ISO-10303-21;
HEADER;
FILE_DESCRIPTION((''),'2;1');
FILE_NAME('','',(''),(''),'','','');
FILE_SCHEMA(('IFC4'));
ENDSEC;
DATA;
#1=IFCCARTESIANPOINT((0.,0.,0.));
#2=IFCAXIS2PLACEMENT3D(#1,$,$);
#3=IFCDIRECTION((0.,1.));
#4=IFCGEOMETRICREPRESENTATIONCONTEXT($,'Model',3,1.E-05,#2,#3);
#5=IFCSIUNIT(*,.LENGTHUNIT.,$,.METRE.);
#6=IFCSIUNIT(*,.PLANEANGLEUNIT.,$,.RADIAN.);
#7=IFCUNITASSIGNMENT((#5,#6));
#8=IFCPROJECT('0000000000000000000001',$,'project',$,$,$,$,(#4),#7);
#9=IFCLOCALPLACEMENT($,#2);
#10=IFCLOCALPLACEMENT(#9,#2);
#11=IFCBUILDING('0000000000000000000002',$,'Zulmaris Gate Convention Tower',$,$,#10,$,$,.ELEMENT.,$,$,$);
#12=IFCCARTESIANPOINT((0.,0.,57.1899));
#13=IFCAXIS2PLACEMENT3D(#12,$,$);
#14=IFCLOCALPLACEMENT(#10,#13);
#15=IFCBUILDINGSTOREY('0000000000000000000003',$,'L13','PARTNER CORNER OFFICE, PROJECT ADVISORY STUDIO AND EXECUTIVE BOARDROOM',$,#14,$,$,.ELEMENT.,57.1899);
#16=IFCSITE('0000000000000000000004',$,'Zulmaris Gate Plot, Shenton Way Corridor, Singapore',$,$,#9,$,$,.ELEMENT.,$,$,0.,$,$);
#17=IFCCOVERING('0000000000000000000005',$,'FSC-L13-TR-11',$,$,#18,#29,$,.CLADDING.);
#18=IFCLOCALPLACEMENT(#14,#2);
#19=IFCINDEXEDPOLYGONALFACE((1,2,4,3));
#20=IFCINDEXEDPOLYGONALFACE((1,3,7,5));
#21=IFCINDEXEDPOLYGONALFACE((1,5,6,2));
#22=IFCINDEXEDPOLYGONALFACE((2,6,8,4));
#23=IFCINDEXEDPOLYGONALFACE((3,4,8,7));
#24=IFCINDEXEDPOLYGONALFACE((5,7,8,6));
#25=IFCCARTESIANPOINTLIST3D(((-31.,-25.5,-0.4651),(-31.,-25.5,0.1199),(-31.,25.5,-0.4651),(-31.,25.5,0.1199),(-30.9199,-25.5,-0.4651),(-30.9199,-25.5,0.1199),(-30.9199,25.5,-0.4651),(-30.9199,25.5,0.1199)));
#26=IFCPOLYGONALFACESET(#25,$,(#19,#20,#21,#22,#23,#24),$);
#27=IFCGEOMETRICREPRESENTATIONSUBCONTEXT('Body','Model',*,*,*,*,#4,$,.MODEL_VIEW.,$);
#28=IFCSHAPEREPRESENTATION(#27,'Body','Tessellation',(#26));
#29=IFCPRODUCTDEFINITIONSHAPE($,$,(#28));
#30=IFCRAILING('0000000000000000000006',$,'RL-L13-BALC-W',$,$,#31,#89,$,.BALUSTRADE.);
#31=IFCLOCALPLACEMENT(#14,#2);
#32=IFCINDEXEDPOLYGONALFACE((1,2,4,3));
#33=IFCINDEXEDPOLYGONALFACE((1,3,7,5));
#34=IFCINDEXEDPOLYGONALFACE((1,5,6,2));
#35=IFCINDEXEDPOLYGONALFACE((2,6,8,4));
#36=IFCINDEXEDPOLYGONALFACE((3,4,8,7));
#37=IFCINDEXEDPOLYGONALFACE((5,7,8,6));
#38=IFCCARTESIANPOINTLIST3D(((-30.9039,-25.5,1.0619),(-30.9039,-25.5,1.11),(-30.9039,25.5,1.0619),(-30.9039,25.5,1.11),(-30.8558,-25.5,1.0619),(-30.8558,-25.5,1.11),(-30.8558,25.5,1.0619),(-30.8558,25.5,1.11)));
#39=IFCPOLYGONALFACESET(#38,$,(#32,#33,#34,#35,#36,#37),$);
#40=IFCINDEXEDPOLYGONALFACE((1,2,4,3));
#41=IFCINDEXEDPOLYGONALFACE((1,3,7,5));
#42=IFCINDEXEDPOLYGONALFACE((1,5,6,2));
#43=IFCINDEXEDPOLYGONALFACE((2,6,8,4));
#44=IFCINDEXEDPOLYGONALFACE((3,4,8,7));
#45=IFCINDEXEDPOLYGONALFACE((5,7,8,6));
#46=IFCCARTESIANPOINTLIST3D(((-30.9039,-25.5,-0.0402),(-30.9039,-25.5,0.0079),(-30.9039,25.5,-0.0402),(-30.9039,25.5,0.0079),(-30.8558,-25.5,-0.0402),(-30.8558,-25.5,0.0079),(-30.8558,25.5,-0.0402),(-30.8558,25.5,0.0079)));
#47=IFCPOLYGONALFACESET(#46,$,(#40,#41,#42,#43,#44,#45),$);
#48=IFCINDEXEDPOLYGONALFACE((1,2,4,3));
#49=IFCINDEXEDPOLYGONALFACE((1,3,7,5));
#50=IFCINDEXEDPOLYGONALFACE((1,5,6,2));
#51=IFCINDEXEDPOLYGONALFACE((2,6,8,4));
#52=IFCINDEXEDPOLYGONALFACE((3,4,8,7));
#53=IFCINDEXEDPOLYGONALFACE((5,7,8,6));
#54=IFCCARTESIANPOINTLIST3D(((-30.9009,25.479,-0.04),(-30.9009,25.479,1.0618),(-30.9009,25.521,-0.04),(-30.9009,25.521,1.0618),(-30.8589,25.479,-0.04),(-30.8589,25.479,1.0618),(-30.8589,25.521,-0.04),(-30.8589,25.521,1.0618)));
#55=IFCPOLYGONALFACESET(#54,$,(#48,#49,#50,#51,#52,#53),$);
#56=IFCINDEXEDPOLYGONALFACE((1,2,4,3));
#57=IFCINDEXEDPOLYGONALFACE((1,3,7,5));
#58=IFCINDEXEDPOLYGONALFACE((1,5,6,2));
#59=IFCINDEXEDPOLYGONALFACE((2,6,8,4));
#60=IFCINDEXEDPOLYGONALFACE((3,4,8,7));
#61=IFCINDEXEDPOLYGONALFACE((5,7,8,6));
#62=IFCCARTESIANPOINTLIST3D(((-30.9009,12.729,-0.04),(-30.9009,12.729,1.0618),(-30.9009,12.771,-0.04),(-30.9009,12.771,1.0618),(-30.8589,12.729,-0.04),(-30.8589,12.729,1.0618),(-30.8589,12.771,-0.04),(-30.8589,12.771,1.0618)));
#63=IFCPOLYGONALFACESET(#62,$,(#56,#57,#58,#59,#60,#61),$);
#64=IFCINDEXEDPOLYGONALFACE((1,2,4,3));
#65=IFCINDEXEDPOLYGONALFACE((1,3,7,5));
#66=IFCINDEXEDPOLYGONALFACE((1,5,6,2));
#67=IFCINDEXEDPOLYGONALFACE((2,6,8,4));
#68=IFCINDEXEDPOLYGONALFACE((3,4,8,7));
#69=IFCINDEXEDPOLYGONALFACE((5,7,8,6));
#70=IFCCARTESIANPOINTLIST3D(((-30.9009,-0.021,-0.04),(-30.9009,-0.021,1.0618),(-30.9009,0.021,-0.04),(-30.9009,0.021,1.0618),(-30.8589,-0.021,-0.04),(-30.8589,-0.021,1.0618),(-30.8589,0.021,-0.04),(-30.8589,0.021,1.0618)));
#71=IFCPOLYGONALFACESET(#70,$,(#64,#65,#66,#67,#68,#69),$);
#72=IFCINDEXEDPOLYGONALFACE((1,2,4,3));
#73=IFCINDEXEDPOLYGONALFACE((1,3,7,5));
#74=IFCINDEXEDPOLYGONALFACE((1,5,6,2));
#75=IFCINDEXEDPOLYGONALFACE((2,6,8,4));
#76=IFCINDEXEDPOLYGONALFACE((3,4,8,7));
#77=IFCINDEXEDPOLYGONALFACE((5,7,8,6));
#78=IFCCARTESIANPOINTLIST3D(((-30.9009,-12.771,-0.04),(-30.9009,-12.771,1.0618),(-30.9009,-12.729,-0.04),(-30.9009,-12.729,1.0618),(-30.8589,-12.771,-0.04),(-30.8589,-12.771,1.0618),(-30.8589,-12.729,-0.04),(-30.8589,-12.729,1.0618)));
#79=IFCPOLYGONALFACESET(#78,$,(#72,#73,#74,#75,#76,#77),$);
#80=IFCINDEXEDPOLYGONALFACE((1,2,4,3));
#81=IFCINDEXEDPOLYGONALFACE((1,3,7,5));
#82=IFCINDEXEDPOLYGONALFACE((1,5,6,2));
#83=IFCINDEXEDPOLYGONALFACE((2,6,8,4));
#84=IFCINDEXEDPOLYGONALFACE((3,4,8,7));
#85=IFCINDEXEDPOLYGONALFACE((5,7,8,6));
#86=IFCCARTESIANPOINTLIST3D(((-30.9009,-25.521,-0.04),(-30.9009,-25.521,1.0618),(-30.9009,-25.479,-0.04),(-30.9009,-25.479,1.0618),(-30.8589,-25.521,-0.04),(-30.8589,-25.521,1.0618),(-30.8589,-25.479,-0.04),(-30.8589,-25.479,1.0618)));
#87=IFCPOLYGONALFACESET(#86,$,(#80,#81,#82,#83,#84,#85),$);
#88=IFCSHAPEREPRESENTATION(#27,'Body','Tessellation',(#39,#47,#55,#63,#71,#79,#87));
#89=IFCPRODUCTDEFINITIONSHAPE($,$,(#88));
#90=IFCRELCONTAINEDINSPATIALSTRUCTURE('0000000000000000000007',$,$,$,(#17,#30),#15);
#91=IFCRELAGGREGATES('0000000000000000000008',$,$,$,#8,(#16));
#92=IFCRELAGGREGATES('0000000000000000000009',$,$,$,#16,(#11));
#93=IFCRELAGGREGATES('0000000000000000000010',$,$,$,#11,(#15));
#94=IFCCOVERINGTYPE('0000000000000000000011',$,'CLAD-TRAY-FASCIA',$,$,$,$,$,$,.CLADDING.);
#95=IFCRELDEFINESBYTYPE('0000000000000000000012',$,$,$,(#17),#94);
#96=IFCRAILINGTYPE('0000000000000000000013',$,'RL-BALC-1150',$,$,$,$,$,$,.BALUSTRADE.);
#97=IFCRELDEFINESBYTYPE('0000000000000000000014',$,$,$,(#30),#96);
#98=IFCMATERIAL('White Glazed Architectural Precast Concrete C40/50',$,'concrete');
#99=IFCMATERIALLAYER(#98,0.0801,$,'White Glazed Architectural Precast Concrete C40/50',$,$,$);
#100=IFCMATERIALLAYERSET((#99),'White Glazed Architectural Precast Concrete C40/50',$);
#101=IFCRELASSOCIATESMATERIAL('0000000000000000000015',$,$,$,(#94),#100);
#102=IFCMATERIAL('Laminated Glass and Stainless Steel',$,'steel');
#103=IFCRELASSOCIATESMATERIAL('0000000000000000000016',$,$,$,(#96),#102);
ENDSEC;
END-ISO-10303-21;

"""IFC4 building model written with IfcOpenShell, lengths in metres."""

from ifc_helpers import new_model, si_unit, direction, frame, frame_2d, origin, origin_2d, place, context, subcontext, project, spatial, rectangle, extrude, material, layer, layer_set, type_object, element, save


model = new_model("IFC4")

# Units and contexts
model_context = context("Model", 3, precision=1e-05, world=origin(), true_north=direction((0.0, 1.0)))
body_context = subcontext(model_context, "Body", "Model", "MODEL_VIEW")
ifc_project = project(units=[si_unit("LENGTHUNIT", "METRE"), si_unit("PLANEANGLEUNIT", "RADIAN")], contexts=[model_context])

# Site, building, storey
site_placement = place(None, origin())
site = spatial("IfcSite", under=ifc_project, at=site_placement, Name="Zulmaris Gate Plot, Shenton Way Corridor, Singapore", CompositionType="ELEMENT", RefElevation=0.0)
building_placement = place(site_placement, origin())
building = spatial("IfcBuilding", under=site, at=building_placement, Name="Zulmaris Gate Convention Tower", CompositionType="ELEMENT")
storey_placement = place(building_placement, frame((0.0, 0.0, 57.1899)))
storey = spatial("IfcBuildingStorey", under=building, at=storey_placement, Name="L13", Description="PARTNER CORNER OFFICE, PROJECT ADVISORY STUDIO AND EXECUTIVE BOARDROOM", CompositionType="ELEMENT", Elevation=57.1899)

# Covering
ifc_material_1 = material(Name="White Glazed Architectural Precast Concrete C40/50", Category="concrete")
ifc_layer_1 = layer(ifc_material_1, 0.0801, Name="White Glazed Architectural Precast Concrete C40/50")
ifc_layer_set_1 = layer_set([ifc_layer_1], Name="White Glazed Architectural Precast Concrete C40/50")
covering_type = type_object("IfcCoveringType", Name="CLAD-TRAY-FASCIA", PredefinedType="CLADDING", material=ifc_layer_set_1)
covering_1_placement = place(storey_placement, frame((-30.96, 25.5, -0.4651), z_axis=(0.0, 0.0, 1.0), x_axis=(0.0, -1.0, 0.0)))
element("IfcCovering", 1, at=covering_1_placement, inside=storey, type_object=covering_type, Name="FSC-L13-TR-11", PredefinedType="CLADDING", context=body_context, shape_type="SweptSolid", body=[
    extrude(rectangle(XDim=51.0, YDim=0.0801, at=frame_2d((25.5, 0.0))), origin(), (0.0, 0.0, 1.0), 0.585),
])

# Railing
ifc_material_2 = material(Name="Laminated Glass and Stainless Steel", Category="steel")
railing_type = type_object("IfcRailingType", Name="RL-BALC-1150", PredefinedType="BALUSTRADE", material=ifc_material_2)
railing_placement = place(storey_placement, frame((-30.8799, 25.5, -0.04)))
element("IfcRailing", 2, at=railing_placement, inside=storey, type_object=railing_type, Name="RL-L13-BALC-W", PredefinedType="BALUSTRADE", context=body_context, shape_type="SweptSolid", body=[
    extrude(rectangle(XDim=0.0481, YDim=0.0481, at=origin_2d()), frame((0.0, 0.0, 1.126), z_axis=(0.0, -1.0, 0.0), x_axis=(1.0, 0.0, 0.0)), (0.0, 0.0, 1.0), 51.0),
    extrude(rectangle(XDim=0.0481, YDim=0.0481, at=origin_2d()), frame((0.0, 0.0, 0.0239), z_axis=(0.0, -1.0, 0.0), x_axis=(1.0, 0.0, 0.0)), (0.0, 0.0, 1.0), 51.0),
    extrude(rectangle(XDim=0.042, YDim=0.042, at=origin_2d()), origin(), (0.0, 0.0, 1.0), 1.1018),
    extrude(rectangle(XDim=0.042, YDim=0.042, at=origin_2d()), frame((0.0, -12.75, 0.0)), (0.0, 0.0, 1.0), 1.1018),
    extrude(rectangle(XDim=0.042, YDim=0.042, at=origin_2d()), frame((0.0, -25.5, 0.0)), (0.0, 0.0, 1.0), 1.1018),
    extrude(rectangle(XDim=0.042, YDim=0.042, at=origin_2d()), frame((0.0, -38.25, 0.0)), (0.0, 0.0, 1.0), 1.1018),
    extrude(rectangle(XDim=0.042, YDim=0.042, at=origin_2d()), frame((0.0, -51.0, 0.0)), (0.0, 0.0, 1.0), 1.1018),
])

save(model, "model.ifc")
